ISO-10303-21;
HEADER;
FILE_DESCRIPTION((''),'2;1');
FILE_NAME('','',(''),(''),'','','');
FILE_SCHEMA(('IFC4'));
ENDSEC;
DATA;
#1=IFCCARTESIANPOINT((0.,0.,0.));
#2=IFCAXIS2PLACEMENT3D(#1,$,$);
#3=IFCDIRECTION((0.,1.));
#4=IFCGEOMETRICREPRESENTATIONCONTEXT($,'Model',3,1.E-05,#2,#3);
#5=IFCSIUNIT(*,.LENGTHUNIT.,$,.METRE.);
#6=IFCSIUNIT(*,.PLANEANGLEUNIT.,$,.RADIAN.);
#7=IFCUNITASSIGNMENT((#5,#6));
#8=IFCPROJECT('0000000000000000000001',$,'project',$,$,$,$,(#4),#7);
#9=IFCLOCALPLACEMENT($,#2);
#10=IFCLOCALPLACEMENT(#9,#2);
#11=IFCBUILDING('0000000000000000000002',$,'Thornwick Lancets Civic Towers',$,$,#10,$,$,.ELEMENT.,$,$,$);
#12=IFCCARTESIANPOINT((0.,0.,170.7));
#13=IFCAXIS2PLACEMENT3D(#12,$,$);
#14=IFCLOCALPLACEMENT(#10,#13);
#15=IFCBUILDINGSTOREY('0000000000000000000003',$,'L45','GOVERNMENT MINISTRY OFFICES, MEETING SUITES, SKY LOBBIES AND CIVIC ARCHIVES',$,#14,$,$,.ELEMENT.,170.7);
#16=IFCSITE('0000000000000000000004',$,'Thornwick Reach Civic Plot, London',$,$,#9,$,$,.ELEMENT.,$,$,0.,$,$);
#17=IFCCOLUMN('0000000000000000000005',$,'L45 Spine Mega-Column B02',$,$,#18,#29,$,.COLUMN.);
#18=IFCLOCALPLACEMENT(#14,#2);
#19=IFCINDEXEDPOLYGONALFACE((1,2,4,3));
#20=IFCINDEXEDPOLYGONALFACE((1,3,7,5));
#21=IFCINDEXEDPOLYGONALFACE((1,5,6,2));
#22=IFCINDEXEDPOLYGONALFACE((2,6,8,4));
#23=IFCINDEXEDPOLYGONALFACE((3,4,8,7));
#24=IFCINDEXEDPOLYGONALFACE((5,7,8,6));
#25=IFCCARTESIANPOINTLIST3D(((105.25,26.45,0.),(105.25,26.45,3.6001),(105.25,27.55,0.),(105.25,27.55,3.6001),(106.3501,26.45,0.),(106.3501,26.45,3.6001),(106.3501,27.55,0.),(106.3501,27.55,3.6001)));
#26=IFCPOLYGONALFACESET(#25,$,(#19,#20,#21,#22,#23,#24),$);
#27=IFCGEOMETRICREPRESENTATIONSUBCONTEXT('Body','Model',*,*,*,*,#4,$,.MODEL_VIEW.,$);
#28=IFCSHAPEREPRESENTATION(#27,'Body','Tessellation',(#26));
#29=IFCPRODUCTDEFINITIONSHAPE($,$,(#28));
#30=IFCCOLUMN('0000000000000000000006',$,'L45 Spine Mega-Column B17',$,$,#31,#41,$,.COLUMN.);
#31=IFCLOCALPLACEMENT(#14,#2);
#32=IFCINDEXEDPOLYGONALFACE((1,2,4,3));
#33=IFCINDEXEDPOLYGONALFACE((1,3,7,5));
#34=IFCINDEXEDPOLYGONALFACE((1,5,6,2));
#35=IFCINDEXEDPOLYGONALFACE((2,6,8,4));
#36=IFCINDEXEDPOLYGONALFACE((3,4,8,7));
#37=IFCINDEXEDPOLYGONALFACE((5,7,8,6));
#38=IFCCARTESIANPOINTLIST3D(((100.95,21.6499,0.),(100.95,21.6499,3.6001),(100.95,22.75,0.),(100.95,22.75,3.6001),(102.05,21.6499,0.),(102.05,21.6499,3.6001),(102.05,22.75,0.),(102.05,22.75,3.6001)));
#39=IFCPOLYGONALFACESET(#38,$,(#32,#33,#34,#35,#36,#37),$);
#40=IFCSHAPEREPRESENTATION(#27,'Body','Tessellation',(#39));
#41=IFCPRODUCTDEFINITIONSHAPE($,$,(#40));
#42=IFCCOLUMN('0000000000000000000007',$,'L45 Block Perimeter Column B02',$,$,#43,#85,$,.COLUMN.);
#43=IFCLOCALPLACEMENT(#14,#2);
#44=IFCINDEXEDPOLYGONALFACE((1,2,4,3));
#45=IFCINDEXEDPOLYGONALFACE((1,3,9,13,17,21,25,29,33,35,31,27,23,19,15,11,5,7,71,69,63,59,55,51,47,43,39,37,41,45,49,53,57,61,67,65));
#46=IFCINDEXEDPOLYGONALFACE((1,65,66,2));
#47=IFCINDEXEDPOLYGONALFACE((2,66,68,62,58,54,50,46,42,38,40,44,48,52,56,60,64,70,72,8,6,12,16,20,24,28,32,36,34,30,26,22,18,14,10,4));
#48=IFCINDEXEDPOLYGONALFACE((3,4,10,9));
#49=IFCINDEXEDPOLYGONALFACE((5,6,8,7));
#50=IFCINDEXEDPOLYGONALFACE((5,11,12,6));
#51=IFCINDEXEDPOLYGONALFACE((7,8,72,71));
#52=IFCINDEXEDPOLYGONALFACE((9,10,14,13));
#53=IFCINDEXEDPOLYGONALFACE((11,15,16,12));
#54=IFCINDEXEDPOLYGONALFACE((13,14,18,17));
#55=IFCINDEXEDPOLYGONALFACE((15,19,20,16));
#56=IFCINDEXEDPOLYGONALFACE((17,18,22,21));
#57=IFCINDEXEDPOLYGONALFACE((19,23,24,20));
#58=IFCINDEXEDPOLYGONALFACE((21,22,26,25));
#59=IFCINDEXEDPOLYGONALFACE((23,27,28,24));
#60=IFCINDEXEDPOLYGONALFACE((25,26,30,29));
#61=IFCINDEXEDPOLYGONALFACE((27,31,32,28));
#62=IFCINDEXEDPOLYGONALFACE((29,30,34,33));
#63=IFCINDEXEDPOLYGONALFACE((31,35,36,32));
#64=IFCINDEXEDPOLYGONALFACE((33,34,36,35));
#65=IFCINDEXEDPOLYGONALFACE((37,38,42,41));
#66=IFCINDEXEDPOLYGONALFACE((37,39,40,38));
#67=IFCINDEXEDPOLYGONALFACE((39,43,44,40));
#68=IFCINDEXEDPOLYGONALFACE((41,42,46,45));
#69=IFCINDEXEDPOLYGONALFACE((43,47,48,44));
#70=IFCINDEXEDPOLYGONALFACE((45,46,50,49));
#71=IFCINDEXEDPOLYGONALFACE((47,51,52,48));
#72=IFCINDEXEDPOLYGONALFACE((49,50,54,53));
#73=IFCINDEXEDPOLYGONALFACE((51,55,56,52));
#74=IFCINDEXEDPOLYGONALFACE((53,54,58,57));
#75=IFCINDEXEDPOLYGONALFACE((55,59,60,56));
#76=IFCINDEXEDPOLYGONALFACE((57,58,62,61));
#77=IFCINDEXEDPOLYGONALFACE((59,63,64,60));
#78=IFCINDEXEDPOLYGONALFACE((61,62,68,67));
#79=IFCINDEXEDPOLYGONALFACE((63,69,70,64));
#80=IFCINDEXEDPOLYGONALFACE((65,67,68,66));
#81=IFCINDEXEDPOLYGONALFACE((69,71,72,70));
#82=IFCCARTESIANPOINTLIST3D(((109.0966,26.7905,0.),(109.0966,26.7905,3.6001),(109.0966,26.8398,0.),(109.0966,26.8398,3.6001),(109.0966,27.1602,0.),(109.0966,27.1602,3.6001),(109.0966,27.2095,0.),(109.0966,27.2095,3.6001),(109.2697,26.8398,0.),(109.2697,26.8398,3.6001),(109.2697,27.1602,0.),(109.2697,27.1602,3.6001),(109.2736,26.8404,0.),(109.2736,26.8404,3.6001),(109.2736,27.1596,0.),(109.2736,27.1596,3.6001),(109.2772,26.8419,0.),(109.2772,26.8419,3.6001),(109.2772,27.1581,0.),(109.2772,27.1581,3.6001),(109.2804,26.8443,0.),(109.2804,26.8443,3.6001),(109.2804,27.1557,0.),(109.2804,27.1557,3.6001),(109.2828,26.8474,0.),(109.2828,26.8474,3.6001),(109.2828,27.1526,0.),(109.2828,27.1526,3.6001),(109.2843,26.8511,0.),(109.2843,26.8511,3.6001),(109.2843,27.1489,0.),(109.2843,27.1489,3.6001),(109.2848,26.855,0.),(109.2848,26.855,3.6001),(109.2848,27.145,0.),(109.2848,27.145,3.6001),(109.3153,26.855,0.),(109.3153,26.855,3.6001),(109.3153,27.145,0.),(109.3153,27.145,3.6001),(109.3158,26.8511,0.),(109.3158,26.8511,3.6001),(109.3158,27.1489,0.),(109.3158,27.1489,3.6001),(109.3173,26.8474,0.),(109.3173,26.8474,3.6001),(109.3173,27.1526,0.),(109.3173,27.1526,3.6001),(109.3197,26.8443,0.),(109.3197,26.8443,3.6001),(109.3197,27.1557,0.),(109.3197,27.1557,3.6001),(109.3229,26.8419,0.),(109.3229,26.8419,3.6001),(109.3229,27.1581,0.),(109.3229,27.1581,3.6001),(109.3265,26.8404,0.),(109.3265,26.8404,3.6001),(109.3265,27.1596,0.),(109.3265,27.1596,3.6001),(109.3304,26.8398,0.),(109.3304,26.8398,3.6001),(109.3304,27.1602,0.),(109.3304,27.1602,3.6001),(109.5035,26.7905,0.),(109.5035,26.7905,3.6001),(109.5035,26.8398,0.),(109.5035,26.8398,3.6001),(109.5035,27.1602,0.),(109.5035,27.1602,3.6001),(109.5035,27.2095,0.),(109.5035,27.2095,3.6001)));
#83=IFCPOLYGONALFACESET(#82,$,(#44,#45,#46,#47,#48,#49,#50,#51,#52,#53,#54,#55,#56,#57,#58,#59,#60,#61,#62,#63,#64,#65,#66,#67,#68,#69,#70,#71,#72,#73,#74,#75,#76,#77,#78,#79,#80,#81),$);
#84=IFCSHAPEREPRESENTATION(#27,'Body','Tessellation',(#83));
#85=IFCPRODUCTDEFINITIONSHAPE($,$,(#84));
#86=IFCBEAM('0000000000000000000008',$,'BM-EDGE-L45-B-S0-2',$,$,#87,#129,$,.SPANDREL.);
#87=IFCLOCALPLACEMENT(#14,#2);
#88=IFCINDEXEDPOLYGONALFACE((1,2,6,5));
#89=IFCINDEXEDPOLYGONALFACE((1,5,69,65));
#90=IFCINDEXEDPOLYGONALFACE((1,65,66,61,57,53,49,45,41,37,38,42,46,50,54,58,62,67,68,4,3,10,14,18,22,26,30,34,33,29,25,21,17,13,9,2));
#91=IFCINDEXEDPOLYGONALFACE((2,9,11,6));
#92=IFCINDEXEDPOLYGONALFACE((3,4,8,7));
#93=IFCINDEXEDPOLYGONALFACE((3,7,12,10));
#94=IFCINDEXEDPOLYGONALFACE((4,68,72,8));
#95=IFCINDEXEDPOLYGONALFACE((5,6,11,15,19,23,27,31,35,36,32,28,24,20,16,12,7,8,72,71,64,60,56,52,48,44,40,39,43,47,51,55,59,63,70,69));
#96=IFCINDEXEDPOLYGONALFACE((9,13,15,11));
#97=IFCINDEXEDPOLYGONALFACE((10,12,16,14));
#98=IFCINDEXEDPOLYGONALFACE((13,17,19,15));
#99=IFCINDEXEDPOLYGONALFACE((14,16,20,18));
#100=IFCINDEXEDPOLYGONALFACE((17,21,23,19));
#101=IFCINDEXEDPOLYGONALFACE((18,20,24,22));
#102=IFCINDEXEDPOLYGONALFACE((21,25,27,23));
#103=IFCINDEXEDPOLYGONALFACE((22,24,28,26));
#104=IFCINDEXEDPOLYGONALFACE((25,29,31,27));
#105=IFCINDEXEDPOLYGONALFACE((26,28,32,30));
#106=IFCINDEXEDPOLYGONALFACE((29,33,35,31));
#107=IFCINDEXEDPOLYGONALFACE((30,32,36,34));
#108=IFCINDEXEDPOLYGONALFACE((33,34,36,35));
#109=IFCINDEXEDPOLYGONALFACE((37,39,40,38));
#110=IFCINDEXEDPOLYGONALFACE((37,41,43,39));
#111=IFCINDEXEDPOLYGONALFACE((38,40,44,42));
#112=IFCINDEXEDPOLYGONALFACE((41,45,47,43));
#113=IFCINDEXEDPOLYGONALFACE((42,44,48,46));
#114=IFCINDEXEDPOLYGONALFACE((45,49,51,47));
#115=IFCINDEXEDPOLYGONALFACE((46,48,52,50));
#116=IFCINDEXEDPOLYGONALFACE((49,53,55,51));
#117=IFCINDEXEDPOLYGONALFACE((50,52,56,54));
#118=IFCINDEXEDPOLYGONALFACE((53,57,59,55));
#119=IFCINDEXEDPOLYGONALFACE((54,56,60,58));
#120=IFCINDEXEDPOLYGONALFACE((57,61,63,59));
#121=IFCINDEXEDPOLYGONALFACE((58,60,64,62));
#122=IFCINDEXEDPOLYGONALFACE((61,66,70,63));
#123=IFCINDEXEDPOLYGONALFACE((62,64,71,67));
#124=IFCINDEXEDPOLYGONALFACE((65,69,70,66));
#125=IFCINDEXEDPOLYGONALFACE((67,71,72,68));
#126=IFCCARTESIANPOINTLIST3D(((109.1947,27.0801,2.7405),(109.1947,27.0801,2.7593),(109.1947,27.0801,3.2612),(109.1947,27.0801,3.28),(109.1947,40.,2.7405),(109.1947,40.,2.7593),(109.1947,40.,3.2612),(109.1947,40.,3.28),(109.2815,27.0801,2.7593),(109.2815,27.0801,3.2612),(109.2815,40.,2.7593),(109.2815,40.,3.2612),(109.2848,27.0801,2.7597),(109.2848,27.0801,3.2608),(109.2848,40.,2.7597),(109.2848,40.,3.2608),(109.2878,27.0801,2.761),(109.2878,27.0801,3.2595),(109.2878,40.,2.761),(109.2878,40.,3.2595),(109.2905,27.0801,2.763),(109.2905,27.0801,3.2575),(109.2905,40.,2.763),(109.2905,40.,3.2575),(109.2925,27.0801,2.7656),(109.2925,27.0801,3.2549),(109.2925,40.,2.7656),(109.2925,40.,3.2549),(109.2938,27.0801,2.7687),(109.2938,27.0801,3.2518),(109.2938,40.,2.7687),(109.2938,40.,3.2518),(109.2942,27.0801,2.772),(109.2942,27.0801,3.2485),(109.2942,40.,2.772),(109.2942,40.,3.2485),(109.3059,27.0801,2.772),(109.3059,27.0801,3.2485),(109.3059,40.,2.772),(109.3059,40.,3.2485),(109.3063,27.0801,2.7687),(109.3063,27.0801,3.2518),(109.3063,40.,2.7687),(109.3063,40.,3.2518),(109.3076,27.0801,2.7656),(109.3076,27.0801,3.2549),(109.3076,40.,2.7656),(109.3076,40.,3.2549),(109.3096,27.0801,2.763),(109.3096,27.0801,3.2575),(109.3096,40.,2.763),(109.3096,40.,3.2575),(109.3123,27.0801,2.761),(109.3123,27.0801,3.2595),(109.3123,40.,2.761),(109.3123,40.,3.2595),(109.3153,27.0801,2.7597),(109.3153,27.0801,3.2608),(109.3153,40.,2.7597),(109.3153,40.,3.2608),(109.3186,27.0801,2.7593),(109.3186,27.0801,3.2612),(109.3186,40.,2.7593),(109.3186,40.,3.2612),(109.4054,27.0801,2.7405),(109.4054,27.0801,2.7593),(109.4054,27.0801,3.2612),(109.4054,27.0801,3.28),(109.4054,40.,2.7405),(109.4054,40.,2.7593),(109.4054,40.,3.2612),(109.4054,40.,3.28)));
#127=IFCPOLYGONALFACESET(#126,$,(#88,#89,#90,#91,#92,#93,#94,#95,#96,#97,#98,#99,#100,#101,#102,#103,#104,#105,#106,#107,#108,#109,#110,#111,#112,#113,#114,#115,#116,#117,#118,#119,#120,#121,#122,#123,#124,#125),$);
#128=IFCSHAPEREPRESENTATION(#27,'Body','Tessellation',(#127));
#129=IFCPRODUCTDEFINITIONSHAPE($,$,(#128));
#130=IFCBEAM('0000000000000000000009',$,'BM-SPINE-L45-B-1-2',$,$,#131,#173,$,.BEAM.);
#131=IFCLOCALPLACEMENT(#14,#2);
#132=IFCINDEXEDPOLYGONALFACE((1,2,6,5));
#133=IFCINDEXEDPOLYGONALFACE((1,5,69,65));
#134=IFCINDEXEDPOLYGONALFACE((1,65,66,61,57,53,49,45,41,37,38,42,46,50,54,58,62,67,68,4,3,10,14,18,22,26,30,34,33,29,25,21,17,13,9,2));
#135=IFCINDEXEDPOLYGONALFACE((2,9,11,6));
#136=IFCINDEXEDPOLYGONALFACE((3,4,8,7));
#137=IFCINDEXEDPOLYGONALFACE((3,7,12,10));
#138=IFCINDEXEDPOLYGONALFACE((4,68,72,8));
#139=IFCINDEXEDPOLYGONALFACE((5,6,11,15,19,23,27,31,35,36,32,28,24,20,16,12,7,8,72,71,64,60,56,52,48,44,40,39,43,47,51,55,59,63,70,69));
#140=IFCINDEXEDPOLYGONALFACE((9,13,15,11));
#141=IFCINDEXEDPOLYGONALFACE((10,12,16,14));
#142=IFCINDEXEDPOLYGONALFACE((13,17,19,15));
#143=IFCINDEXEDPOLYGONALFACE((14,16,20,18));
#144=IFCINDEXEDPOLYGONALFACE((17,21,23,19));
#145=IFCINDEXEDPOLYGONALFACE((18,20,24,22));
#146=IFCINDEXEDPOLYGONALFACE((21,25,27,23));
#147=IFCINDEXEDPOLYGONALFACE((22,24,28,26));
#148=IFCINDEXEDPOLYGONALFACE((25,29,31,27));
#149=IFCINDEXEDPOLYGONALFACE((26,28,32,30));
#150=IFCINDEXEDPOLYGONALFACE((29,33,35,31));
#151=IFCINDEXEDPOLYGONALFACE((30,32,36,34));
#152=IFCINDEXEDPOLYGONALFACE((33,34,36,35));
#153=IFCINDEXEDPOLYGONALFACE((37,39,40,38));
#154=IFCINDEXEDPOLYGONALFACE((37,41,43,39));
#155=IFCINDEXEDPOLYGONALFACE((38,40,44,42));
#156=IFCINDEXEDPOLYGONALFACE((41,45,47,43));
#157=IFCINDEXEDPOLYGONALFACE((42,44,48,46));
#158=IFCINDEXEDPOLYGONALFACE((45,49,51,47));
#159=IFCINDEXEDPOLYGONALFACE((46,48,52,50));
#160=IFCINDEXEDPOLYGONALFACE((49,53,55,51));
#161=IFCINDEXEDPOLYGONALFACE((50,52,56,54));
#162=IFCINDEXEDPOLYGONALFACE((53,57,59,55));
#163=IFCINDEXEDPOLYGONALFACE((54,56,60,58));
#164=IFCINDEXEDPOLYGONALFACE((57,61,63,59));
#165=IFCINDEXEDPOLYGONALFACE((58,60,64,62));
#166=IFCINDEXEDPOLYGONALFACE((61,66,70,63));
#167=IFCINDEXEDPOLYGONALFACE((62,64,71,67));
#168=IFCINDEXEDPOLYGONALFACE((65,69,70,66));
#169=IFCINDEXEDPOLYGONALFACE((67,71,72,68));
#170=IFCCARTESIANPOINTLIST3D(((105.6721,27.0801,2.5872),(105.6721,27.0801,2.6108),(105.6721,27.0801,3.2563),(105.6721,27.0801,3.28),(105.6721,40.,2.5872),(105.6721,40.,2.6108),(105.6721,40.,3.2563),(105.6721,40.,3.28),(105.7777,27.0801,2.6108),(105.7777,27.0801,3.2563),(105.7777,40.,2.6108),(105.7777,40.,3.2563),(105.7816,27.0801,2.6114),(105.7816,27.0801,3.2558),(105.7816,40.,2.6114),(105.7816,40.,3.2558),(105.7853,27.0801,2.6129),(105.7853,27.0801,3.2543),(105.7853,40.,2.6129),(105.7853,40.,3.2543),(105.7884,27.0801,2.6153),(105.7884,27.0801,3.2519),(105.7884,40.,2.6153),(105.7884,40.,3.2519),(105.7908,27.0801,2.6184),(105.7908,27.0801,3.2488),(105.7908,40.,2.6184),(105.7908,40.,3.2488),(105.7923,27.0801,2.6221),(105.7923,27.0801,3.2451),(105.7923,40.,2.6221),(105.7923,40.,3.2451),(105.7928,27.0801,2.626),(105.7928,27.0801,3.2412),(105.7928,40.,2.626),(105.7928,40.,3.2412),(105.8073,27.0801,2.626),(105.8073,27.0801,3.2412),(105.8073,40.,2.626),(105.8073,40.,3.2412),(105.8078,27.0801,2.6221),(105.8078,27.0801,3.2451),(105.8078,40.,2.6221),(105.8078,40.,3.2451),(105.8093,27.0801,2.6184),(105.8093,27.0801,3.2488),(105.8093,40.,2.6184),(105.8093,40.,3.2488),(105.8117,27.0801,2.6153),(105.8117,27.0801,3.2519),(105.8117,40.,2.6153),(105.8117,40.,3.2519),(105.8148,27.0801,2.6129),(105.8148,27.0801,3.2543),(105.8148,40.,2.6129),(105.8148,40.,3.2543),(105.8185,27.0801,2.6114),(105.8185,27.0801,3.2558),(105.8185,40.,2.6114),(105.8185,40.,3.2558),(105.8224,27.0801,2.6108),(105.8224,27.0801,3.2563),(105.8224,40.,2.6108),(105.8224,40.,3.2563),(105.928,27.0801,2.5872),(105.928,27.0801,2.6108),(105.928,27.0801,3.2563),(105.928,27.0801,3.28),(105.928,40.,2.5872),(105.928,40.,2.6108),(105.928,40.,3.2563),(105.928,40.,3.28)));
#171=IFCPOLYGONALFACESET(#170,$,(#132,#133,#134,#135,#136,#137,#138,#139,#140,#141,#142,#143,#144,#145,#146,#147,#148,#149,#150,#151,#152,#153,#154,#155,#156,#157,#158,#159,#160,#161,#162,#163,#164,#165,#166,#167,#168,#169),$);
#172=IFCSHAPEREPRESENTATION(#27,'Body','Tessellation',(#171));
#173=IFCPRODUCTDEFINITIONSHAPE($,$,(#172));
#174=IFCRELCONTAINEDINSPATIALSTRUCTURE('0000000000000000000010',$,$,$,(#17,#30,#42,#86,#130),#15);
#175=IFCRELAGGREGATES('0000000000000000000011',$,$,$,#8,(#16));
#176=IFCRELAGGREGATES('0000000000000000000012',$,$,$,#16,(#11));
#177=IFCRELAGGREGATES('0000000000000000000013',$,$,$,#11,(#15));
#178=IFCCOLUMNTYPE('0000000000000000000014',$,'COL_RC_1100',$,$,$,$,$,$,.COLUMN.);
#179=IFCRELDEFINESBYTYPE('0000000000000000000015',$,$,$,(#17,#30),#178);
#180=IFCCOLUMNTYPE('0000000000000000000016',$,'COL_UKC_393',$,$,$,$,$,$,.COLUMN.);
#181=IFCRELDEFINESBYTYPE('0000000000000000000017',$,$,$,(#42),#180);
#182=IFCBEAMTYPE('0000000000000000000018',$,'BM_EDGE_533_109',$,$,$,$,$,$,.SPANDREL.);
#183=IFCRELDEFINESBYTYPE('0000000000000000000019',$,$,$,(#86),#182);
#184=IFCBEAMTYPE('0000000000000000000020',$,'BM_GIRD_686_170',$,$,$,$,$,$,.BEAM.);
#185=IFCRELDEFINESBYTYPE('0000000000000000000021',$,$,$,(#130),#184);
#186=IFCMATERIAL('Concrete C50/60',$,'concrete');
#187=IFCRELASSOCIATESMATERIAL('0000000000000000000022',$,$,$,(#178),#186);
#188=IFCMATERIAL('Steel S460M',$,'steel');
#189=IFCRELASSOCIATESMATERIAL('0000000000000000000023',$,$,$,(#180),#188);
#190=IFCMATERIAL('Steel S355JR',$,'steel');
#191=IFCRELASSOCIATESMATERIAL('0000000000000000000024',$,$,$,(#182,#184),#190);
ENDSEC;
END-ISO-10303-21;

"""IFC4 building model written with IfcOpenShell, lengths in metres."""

from ifc_helpers import new_model, si_unit, direction, frame, origin, origin_2d, place, context, subcontext, project, spatial, rectangle, i_section, extrude, material, material_profile, profile_set, type_object, element, save


model = new_model("IFC4")

# Units and contexts
model_context = context("Model", 3, precision=1e-05, world=origin(), true_north=direction((0.0, 1.0)))
body_context = subcontext(model_context, "Body", "Model", "MODEL_VIEW")
ifc_project = project(units=[si_unit("LENGTHUNIT", "METRE"), si_unit("PLANEANGLEUNIT", "RADIAN")], contexts=[model_context])

# Site, building, storey
site_placement = place(None, origin())
site = spatial("IfcSite", under=ifc_project, at=site_placement, Name="Thornwick Reach Civic Plot, London", CompositionType="ELEMENT", RefElevation=0.0)
building_placement = place(site_placement, origin())
building = spatial("IfcBuilding", under=site, at=building_placement, Name="Thornwick Lancets Civic Towers", CompositionType="ELEMENT")
storey_placement = place(building_placement, frame((0.0, 0.0, 170.7)))
storey = spatial("IfcBuildingStorey", under=building, at=storey_placement, Name="L45", Description="GOVERNMENT MINISTRY OFFICES, MEETING SUITES, SKY LOBBIES AND CIVIC ARCHIVES", CompositionType="ELEMENT", Elevation=170.7)

# Columns
ifc_material_1 = material(Name="Concrete C50/60", Category="concrete")
ifc_material_profile_1 = material_profile(ifc_material_1, rectangle(XDim=1.1001, YDim=1.1001, at=origin_2d()), Name="RC 1100x1100")
ifc_profile_set_1 = profile_set([ifc_material_profile_1], Name="Concrete C50/60")
column_type_1 = type_object("IfcColumnType", Name="COL_RC_1100", PredefinedType="COLUMN", material=ifc_profile_set_1)
for number, where, z_axis, x_axis, name in (
    (1, (105.8, 27.0, 0.0), (0.0, 0.0, 1.0), (1.0, 0.0, 0.0), "L45 Spine Mega-Column B02"),
    (2, (101.5, 22.2, 0.0), (0.0, 0.0, 1.0), (1.0, 0.0, 0.0), "L45 Spine Mega-Column B17"),
):
    element("IfcColumn", number, at=place(storey_placement, frame(where, z_axis=z_axis, x_axis=x_axis)), inside=storey, type_object=column_type_1, Name=name, PredefinedType="COLUMN", context=body_context, shape_type="SweptSolid", body=[
        extrude(rectangle(XDim=1.1001, YDim=1.1001, at=origin_2d()), origin(), (0.0, 0.0, 1.0), 3.6001),
    ])
ifc_material_2 = material(Name="Steel S460M", Category="steel")
ifc_material_profile_2 = material_profile(ifc_material_2, i_section(OverallWidth=0.407, OverallDepth=0.4189, WebThickness=0.0305, FlangeThickness=0.0493, FilletRadius=0.0151, at=origin_2d()), Name="UKC 356x406x393")
ifc_profile_set_2 = profile_set([ifc_material_profile_2], Name="Steel S460M")
column_type_2 = type_object("IfcColumnType", Name="COL_UKC_393", PredefinedType="COLUMN", material=ifc_profile_set_2)
column_placement = place(storey_placement, frame((109.3, 27.0, 0.0), z_axis=(0.0, 0.0, 1.0), x_axis=(1.0, 0.0, 0.0)))
element("IfcColumn", 3, at=column_placement, inside=storey, type_object=column_type_2, Name="L45 Block Perimeter Column B02", PredefinedType="COLUMN", context=body_context, shape_type="SweptSolid", body=[
    extrude(i_section(OverallWidth=0.407, OverallDepth=0.4189, WebThickness=0.0305, FlangeThickness=0.0493, FilletRadius=0.0151, at=origin_2d()), origin(), (0.0, 0.0, 1.0), 3.6001),
])

# Beams
ifc_material_3 = material(Name="Steel S355JR", Category="steel")
ifc_material_profile_3 = material_profile(ifc_material_3, i_section(OverallWidth=0.2107, OverallDepth=0.5396, WebThickness=0.0117, FlangeThickness=0.0188, FilletRadius=0.0127, at=origin_2d()), Name="UKB 533x210x109")
ifc_profile_set_3 = profile_set([ifc_material_profile_3], Name="Steel S355JR")
beam_type_1 = type_object("IfcBeamType", Name="BM_EDGE_533_109", PredefinedType="SPANDREL", material=ifc_profile_set_3)
beam_1_placement = place(storey_placement, frame((109.3, 27.0801, 3.0103), z_axis=(0.0, 1.0, 0.0), x_axis=(-1.0, 0.0, 0.0)))
element("IfcBeam", 4, at=beam_1_placement, inside=storey, type_object=beam_type_1, Name="BM-EDGE-L45-B-S0-2", PredefinedType="SPANDREL", context=body_context, shape_type="SweptSolid", body=[
    extrude(i_section(OverallWidth=0.2107, OverallDepth=0.5396, WebThickness=0.0117, FlangeThickness=0.0188, FilletRadius=0.0127, at=origin_2d()), origin(), (0.0, 0.0, 1.0), 12.9199),
])
ifc_material_profile_4 = material_profile(ifc_material_3, i_section(OverallWidth=0.2559, OverallDepth=0.6929, WebThickness=0.0144, FlangeThickness=0.0237, FilletRadius=0.0151, at=origin_2d()), Name="UKB 686x254x170")
ifc_profile_set_4 = profile_set([ifc_material_profile_4], Name="Steel S355JR")
beam_type_2 = type_object("IfcBeamType", Name="BM_GIRD_686_170", PredefinedType="BEAM", material=ifc_profile_set_4)
beam_2_placement = place(storey_placement, frame((105.8, 27.0801, 2.9336), z_axis=(0.0, 1.0, 0.0), x_axis=(-1.0, 0.0, 0.0)))
element("IfcBeam", 5, at=beam_2_placement, inside=storey, type_object=beam_type_2, Name="BM-SPINE-L45-B-1-2", PredefinedType="BEAM", context=body_context, shape_type="SweptSolid", body=[
    extrude(i_section(OverallWidth=0.2559, OverallDepth=0.6929, WebThickness=0.0144, FlangeThickness=0.0237, FilletRadius=0.0151, at=origin_2d()), origin(), (0.0, 0.0, 1.0), 12.9199),
])

save(model, "model.ifc")
